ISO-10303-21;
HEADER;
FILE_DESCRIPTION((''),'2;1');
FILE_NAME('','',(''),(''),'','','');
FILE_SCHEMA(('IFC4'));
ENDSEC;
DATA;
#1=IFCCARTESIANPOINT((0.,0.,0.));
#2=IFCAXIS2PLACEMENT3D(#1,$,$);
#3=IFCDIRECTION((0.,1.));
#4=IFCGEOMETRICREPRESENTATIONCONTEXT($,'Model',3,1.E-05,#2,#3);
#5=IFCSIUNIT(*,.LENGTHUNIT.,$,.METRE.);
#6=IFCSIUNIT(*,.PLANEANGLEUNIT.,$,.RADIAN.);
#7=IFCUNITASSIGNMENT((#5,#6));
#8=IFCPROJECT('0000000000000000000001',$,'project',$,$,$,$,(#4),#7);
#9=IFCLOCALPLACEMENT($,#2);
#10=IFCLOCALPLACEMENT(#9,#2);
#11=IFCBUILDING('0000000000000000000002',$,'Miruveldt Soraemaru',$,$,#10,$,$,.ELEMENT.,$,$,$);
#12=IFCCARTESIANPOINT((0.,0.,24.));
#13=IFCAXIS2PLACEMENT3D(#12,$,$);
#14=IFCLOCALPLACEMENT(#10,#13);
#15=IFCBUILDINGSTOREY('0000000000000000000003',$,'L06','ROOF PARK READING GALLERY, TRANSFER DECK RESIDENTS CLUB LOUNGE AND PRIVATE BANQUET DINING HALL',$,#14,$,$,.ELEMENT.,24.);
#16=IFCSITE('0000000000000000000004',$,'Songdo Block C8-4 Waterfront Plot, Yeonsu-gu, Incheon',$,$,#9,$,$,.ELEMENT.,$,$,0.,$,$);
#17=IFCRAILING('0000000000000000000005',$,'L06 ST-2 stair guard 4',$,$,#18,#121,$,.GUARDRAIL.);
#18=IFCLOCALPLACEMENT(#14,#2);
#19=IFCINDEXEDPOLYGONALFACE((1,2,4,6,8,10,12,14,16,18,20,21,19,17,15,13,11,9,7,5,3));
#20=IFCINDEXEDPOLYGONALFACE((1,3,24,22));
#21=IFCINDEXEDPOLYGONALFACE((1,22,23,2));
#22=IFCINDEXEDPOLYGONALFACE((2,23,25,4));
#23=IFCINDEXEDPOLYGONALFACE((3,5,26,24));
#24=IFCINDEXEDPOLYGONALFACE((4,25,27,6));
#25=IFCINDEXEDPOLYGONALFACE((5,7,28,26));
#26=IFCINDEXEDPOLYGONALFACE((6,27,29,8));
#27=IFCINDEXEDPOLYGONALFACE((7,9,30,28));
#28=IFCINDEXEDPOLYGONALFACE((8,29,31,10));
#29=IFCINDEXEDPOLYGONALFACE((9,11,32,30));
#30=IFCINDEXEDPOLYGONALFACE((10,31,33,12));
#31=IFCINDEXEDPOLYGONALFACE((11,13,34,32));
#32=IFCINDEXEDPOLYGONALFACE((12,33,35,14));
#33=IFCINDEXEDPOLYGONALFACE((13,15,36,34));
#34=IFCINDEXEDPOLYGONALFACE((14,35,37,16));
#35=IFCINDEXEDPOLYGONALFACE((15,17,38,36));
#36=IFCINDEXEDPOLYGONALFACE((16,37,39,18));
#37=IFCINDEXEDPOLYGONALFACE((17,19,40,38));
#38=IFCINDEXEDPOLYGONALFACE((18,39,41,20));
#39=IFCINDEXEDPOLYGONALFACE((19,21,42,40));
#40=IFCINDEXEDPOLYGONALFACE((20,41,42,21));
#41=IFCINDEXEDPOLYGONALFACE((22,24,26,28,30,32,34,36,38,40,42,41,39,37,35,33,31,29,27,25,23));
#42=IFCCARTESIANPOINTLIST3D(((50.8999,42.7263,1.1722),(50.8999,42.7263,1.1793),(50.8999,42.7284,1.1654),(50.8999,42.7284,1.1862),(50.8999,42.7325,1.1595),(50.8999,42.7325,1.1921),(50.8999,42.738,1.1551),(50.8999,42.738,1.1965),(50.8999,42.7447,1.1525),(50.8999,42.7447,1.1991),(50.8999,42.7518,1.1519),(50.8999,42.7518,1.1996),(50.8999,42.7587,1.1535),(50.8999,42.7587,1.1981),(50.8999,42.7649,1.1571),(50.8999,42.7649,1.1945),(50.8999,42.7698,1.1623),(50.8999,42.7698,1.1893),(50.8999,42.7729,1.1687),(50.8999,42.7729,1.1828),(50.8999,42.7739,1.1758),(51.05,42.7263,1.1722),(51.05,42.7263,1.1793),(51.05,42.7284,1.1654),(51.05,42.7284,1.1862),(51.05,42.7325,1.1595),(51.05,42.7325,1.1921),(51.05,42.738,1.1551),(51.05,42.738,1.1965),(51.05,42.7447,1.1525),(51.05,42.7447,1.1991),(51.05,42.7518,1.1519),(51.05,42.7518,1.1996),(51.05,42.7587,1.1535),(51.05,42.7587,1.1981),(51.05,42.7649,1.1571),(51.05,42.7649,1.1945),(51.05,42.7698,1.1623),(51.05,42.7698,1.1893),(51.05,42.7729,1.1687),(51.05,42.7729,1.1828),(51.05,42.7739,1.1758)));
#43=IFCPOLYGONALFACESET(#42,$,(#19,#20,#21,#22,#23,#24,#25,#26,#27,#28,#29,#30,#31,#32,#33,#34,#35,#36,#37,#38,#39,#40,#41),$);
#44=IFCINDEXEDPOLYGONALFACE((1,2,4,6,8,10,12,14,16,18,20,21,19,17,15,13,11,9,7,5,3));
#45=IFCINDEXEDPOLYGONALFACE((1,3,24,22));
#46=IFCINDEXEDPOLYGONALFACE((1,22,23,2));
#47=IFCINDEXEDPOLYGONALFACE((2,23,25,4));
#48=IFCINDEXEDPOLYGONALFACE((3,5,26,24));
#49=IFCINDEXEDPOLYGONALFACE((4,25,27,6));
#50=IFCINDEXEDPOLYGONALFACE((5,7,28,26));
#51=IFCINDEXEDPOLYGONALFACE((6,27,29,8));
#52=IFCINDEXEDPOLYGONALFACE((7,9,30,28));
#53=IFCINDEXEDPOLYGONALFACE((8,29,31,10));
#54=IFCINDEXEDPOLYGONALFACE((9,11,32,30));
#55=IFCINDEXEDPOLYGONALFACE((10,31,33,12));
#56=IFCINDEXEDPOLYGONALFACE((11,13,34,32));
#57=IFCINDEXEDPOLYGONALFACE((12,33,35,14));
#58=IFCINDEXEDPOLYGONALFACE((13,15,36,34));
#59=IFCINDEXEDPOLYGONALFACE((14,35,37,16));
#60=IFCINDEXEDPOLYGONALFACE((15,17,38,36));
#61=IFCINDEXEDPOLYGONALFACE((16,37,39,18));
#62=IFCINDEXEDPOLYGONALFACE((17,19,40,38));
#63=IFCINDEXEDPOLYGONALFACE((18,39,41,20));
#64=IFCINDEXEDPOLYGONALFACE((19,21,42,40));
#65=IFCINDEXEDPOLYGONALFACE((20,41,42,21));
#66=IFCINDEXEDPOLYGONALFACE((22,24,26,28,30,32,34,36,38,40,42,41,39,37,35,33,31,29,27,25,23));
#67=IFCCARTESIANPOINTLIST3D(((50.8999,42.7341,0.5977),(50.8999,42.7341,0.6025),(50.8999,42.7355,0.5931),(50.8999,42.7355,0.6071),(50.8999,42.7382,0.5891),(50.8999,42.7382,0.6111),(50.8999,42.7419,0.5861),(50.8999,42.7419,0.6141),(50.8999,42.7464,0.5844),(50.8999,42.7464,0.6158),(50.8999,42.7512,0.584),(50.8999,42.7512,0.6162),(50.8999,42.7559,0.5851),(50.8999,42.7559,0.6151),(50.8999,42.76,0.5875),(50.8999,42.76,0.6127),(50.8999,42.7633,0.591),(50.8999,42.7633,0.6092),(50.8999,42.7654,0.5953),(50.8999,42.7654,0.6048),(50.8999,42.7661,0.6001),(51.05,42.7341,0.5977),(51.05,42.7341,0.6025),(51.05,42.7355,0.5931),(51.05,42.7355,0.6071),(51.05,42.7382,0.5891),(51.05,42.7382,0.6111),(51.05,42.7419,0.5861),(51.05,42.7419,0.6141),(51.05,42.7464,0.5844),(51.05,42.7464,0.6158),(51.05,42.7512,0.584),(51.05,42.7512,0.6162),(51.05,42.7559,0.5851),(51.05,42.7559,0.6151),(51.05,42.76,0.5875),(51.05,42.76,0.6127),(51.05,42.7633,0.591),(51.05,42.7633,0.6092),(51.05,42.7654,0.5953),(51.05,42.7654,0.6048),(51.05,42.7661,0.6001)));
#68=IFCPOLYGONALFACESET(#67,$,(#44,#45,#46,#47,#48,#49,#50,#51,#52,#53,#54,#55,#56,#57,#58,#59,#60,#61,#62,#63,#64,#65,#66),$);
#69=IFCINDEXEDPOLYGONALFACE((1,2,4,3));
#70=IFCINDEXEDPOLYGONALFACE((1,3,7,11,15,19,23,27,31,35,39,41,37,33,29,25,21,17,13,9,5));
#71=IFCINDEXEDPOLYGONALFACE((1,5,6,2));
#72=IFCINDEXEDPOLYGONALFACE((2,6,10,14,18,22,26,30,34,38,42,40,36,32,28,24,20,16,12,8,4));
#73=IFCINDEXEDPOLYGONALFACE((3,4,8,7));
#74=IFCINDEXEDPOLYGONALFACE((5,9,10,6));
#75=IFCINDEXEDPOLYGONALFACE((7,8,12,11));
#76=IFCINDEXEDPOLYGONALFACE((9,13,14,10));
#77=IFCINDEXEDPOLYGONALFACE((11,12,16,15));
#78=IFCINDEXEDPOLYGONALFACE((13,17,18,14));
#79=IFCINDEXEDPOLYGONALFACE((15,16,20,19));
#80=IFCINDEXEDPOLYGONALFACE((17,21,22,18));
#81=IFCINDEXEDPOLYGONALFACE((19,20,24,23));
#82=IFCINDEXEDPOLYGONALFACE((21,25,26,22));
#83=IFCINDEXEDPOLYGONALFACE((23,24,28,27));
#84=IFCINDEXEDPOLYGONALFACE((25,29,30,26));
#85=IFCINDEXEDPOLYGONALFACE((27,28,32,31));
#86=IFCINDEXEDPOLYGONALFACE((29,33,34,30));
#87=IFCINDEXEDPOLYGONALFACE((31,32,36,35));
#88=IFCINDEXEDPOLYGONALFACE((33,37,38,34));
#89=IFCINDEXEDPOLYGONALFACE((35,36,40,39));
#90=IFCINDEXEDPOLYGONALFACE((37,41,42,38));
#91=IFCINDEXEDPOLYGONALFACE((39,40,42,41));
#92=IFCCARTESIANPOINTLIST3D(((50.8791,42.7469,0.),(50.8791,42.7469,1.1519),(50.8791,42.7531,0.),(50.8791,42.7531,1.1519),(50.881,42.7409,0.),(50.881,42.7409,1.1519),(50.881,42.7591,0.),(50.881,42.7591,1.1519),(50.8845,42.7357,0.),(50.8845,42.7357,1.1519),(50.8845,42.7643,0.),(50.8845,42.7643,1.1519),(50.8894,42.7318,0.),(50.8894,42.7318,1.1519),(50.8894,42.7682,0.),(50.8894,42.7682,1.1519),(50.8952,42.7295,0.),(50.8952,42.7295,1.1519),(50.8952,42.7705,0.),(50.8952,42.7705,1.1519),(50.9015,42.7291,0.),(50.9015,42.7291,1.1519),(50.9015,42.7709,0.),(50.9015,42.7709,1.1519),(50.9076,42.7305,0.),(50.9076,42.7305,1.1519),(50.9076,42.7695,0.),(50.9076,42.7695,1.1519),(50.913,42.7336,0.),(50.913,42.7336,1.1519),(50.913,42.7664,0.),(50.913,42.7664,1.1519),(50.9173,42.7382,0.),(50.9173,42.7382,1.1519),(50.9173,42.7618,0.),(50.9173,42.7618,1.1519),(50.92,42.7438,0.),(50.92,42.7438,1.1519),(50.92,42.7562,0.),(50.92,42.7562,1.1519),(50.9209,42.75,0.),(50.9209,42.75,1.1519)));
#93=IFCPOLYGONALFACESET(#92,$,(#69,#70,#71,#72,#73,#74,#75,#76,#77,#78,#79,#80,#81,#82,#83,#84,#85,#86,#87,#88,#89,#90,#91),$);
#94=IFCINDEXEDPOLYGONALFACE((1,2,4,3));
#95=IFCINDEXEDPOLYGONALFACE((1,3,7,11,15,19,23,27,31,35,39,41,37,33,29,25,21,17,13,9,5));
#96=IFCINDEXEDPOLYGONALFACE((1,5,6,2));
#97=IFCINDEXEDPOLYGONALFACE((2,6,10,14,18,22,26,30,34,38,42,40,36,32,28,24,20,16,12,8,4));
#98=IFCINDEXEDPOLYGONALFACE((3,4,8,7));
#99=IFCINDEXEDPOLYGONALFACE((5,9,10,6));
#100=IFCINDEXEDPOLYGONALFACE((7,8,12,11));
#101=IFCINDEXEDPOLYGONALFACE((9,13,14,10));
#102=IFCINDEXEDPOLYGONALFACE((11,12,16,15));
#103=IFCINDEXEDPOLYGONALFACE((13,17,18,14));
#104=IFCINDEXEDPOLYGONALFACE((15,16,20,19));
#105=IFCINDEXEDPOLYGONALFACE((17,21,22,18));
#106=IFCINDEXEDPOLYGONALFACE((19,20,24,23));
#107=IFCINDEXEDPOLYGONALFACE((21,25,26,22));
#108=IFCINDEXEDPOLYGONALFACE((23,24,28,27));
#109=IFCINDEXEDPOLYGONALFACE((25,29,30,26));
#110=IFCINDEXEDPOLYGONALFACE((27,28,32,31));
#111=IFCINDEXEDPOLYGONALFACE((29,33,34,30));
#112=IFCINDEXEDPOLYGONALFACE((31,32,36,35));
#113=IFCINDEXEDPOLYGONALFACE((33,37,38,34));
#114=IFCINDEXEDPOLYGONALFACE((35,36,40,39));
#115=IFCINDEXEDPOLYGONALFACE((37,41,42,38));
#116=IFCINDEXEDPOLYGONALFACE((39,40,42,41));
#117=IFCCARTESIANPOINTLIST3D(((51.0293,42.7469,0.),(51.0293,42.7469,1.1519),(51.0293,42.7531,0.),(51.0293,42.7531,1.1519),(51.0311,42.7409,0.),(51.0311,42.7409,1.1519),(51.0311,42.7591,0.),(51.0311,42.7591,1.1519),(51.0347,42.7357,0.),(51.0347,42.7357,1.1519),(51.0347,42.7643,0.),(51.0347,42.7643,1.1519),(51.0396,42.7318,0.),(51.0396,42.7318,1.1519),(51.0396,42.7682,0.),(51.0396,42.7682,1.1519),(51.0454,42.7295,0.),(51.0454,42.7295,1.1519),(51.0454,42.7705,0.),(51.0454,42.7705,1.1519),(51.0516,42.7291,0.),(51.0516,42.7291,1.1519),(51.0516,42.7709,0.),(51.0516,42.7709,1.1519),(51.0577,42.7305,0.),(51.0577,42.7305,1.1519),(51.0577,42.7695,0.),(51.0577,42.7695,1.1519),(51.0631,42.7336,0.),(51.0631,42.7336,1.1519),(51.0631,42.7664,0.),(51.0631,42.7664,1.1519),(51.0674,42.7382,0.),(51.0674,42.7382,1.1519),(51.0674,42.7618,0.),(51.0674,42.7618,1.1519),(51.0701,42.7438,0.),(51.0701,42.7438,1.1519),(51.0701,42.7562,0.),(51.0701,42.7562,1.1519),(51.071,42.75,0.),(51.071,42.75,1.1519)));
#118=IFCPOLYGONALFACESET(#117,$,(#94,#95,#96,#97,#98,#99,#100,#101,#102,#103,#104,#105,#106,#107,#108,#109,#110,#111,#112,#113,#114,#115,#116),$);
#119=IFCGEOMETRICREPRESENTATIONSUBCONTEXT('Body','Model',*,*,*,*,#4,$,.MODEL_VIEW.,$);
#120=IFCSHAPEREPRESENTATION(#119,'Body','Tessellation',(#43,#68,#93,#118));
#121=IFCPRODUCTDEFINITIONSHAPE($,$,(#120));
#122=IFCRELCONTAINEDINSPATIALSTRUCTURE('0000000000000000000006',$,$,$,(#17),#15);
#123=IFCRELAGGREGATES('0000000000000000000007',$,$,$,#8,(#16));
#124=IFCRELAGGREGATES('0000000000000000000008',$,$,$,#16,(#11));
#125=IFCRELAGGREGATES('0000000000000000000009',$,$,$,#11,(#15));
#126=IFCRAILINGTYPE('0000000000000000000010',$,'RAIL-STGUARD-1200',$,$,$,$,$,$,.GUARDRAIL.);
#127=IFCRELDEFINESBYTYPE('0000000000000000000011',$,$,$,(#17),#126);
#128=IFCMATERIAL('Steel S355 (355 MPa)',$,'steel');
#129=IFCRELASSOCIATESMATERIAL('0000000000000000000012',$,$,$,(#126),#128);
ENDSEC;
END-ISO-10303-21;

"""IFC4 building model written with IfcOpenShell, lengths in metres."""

from ifc_helpers import new_model, si_unit, direction, frame, origin, origin_2d, place, context, subcontext, project, spatial, circle, extrude, material, type_object, element, save


model = new_model("IFC4")

# Units and contexts
model_context = context("Model", 3, precision=1e-05, world=origin(), true_north=direction((0.0, 1.0)))
body_context = subcontext(model_context, "Body", "Model", "MODEL_VIEW")
ifc_project = project(units=[si_unit("LENGTHUNIT", "METRE"), si_unit("PLANEANGLEUNIT", "RADIAN")], contexts=[model_context])

# Site, building, storey
site_placement = place(None, origin())
site = spatial("IfcSite", under=ifc_project, at=site_placement, Name="Songdo Block C8-4 Waterfront Plot, Yeonsu-gu, Incheon", CompositionType="ELEMENT", RefElevation=0.0)
building_placement = place(site_placement, origin())
building = spatial("IfcBuilding", under=site, at=building_placement, Name="Miruveldt Soraemaru", CompositionType="ELEMENT")
storey_placement = place(building_placement, frame((0.0, 0.0, 24.0)))
storey = spatial("IfcBuildingStorey", under=building, at=storey_placement, Name="L06", Description="ROOF PARK READING GALLERY, TRANSFER DECK RESIDENTS CLUB LOUNGE AND PRIVATE BANQUET DINING HALL", CompositionType="ELEMENT", Elevation=24.0)

# Railing
ifc_material_1 = material(Name="Steel S355 (355 MPa)", Category="steel")
railing_type_1 = type_object("IfcRailingType", Name="RAIL-STGUARD-1200", PredefinedType="GUARDRAIL", material=ifc_material_1)
railing_1_placement = place(storey_placement, frame((50.8999, 42.75, 0.0)))
element("IfcRailing", 1, at=railing_1_placement, inside=storey, type_object=railing_type_1, Name="L06 ST-2 stair guard 4", PredefinedType="GUARDRAIL", context=body_context, shape_type="SweptSolid", body=[
    extrude(circle(Radius=0.0239, at=origin_2d()), frame((0.0, 0.0, 1.1758), z_axis=(1.0, 0.0, 0.0), x_axis=(0.0, 1.0, 0.0)), (0.0, 0.0, 1.0), 0.1501),
    extrude(circle(Radius=0.0161, at=origin_2d()), frame((0.0, 0.0, 0.6001), z_axis=(1.0, 0.0, 0.0), x_axis=(0.0, 1.0, 0.0)), (0.0, 0.0, 1.0), 0.1501),
    extrude(circle(Radius=0.021, at=origin_2d()), origin(), (0.0, 0.0, 1.0), 1.1519),
    extrude(circle(Radius=0.021, at=origin_2d()), frame((0.1501, 0.0, 0.0)), (0.0, 0.0, 1.0), 1.1519),
])

save(model, "model.ifc")
